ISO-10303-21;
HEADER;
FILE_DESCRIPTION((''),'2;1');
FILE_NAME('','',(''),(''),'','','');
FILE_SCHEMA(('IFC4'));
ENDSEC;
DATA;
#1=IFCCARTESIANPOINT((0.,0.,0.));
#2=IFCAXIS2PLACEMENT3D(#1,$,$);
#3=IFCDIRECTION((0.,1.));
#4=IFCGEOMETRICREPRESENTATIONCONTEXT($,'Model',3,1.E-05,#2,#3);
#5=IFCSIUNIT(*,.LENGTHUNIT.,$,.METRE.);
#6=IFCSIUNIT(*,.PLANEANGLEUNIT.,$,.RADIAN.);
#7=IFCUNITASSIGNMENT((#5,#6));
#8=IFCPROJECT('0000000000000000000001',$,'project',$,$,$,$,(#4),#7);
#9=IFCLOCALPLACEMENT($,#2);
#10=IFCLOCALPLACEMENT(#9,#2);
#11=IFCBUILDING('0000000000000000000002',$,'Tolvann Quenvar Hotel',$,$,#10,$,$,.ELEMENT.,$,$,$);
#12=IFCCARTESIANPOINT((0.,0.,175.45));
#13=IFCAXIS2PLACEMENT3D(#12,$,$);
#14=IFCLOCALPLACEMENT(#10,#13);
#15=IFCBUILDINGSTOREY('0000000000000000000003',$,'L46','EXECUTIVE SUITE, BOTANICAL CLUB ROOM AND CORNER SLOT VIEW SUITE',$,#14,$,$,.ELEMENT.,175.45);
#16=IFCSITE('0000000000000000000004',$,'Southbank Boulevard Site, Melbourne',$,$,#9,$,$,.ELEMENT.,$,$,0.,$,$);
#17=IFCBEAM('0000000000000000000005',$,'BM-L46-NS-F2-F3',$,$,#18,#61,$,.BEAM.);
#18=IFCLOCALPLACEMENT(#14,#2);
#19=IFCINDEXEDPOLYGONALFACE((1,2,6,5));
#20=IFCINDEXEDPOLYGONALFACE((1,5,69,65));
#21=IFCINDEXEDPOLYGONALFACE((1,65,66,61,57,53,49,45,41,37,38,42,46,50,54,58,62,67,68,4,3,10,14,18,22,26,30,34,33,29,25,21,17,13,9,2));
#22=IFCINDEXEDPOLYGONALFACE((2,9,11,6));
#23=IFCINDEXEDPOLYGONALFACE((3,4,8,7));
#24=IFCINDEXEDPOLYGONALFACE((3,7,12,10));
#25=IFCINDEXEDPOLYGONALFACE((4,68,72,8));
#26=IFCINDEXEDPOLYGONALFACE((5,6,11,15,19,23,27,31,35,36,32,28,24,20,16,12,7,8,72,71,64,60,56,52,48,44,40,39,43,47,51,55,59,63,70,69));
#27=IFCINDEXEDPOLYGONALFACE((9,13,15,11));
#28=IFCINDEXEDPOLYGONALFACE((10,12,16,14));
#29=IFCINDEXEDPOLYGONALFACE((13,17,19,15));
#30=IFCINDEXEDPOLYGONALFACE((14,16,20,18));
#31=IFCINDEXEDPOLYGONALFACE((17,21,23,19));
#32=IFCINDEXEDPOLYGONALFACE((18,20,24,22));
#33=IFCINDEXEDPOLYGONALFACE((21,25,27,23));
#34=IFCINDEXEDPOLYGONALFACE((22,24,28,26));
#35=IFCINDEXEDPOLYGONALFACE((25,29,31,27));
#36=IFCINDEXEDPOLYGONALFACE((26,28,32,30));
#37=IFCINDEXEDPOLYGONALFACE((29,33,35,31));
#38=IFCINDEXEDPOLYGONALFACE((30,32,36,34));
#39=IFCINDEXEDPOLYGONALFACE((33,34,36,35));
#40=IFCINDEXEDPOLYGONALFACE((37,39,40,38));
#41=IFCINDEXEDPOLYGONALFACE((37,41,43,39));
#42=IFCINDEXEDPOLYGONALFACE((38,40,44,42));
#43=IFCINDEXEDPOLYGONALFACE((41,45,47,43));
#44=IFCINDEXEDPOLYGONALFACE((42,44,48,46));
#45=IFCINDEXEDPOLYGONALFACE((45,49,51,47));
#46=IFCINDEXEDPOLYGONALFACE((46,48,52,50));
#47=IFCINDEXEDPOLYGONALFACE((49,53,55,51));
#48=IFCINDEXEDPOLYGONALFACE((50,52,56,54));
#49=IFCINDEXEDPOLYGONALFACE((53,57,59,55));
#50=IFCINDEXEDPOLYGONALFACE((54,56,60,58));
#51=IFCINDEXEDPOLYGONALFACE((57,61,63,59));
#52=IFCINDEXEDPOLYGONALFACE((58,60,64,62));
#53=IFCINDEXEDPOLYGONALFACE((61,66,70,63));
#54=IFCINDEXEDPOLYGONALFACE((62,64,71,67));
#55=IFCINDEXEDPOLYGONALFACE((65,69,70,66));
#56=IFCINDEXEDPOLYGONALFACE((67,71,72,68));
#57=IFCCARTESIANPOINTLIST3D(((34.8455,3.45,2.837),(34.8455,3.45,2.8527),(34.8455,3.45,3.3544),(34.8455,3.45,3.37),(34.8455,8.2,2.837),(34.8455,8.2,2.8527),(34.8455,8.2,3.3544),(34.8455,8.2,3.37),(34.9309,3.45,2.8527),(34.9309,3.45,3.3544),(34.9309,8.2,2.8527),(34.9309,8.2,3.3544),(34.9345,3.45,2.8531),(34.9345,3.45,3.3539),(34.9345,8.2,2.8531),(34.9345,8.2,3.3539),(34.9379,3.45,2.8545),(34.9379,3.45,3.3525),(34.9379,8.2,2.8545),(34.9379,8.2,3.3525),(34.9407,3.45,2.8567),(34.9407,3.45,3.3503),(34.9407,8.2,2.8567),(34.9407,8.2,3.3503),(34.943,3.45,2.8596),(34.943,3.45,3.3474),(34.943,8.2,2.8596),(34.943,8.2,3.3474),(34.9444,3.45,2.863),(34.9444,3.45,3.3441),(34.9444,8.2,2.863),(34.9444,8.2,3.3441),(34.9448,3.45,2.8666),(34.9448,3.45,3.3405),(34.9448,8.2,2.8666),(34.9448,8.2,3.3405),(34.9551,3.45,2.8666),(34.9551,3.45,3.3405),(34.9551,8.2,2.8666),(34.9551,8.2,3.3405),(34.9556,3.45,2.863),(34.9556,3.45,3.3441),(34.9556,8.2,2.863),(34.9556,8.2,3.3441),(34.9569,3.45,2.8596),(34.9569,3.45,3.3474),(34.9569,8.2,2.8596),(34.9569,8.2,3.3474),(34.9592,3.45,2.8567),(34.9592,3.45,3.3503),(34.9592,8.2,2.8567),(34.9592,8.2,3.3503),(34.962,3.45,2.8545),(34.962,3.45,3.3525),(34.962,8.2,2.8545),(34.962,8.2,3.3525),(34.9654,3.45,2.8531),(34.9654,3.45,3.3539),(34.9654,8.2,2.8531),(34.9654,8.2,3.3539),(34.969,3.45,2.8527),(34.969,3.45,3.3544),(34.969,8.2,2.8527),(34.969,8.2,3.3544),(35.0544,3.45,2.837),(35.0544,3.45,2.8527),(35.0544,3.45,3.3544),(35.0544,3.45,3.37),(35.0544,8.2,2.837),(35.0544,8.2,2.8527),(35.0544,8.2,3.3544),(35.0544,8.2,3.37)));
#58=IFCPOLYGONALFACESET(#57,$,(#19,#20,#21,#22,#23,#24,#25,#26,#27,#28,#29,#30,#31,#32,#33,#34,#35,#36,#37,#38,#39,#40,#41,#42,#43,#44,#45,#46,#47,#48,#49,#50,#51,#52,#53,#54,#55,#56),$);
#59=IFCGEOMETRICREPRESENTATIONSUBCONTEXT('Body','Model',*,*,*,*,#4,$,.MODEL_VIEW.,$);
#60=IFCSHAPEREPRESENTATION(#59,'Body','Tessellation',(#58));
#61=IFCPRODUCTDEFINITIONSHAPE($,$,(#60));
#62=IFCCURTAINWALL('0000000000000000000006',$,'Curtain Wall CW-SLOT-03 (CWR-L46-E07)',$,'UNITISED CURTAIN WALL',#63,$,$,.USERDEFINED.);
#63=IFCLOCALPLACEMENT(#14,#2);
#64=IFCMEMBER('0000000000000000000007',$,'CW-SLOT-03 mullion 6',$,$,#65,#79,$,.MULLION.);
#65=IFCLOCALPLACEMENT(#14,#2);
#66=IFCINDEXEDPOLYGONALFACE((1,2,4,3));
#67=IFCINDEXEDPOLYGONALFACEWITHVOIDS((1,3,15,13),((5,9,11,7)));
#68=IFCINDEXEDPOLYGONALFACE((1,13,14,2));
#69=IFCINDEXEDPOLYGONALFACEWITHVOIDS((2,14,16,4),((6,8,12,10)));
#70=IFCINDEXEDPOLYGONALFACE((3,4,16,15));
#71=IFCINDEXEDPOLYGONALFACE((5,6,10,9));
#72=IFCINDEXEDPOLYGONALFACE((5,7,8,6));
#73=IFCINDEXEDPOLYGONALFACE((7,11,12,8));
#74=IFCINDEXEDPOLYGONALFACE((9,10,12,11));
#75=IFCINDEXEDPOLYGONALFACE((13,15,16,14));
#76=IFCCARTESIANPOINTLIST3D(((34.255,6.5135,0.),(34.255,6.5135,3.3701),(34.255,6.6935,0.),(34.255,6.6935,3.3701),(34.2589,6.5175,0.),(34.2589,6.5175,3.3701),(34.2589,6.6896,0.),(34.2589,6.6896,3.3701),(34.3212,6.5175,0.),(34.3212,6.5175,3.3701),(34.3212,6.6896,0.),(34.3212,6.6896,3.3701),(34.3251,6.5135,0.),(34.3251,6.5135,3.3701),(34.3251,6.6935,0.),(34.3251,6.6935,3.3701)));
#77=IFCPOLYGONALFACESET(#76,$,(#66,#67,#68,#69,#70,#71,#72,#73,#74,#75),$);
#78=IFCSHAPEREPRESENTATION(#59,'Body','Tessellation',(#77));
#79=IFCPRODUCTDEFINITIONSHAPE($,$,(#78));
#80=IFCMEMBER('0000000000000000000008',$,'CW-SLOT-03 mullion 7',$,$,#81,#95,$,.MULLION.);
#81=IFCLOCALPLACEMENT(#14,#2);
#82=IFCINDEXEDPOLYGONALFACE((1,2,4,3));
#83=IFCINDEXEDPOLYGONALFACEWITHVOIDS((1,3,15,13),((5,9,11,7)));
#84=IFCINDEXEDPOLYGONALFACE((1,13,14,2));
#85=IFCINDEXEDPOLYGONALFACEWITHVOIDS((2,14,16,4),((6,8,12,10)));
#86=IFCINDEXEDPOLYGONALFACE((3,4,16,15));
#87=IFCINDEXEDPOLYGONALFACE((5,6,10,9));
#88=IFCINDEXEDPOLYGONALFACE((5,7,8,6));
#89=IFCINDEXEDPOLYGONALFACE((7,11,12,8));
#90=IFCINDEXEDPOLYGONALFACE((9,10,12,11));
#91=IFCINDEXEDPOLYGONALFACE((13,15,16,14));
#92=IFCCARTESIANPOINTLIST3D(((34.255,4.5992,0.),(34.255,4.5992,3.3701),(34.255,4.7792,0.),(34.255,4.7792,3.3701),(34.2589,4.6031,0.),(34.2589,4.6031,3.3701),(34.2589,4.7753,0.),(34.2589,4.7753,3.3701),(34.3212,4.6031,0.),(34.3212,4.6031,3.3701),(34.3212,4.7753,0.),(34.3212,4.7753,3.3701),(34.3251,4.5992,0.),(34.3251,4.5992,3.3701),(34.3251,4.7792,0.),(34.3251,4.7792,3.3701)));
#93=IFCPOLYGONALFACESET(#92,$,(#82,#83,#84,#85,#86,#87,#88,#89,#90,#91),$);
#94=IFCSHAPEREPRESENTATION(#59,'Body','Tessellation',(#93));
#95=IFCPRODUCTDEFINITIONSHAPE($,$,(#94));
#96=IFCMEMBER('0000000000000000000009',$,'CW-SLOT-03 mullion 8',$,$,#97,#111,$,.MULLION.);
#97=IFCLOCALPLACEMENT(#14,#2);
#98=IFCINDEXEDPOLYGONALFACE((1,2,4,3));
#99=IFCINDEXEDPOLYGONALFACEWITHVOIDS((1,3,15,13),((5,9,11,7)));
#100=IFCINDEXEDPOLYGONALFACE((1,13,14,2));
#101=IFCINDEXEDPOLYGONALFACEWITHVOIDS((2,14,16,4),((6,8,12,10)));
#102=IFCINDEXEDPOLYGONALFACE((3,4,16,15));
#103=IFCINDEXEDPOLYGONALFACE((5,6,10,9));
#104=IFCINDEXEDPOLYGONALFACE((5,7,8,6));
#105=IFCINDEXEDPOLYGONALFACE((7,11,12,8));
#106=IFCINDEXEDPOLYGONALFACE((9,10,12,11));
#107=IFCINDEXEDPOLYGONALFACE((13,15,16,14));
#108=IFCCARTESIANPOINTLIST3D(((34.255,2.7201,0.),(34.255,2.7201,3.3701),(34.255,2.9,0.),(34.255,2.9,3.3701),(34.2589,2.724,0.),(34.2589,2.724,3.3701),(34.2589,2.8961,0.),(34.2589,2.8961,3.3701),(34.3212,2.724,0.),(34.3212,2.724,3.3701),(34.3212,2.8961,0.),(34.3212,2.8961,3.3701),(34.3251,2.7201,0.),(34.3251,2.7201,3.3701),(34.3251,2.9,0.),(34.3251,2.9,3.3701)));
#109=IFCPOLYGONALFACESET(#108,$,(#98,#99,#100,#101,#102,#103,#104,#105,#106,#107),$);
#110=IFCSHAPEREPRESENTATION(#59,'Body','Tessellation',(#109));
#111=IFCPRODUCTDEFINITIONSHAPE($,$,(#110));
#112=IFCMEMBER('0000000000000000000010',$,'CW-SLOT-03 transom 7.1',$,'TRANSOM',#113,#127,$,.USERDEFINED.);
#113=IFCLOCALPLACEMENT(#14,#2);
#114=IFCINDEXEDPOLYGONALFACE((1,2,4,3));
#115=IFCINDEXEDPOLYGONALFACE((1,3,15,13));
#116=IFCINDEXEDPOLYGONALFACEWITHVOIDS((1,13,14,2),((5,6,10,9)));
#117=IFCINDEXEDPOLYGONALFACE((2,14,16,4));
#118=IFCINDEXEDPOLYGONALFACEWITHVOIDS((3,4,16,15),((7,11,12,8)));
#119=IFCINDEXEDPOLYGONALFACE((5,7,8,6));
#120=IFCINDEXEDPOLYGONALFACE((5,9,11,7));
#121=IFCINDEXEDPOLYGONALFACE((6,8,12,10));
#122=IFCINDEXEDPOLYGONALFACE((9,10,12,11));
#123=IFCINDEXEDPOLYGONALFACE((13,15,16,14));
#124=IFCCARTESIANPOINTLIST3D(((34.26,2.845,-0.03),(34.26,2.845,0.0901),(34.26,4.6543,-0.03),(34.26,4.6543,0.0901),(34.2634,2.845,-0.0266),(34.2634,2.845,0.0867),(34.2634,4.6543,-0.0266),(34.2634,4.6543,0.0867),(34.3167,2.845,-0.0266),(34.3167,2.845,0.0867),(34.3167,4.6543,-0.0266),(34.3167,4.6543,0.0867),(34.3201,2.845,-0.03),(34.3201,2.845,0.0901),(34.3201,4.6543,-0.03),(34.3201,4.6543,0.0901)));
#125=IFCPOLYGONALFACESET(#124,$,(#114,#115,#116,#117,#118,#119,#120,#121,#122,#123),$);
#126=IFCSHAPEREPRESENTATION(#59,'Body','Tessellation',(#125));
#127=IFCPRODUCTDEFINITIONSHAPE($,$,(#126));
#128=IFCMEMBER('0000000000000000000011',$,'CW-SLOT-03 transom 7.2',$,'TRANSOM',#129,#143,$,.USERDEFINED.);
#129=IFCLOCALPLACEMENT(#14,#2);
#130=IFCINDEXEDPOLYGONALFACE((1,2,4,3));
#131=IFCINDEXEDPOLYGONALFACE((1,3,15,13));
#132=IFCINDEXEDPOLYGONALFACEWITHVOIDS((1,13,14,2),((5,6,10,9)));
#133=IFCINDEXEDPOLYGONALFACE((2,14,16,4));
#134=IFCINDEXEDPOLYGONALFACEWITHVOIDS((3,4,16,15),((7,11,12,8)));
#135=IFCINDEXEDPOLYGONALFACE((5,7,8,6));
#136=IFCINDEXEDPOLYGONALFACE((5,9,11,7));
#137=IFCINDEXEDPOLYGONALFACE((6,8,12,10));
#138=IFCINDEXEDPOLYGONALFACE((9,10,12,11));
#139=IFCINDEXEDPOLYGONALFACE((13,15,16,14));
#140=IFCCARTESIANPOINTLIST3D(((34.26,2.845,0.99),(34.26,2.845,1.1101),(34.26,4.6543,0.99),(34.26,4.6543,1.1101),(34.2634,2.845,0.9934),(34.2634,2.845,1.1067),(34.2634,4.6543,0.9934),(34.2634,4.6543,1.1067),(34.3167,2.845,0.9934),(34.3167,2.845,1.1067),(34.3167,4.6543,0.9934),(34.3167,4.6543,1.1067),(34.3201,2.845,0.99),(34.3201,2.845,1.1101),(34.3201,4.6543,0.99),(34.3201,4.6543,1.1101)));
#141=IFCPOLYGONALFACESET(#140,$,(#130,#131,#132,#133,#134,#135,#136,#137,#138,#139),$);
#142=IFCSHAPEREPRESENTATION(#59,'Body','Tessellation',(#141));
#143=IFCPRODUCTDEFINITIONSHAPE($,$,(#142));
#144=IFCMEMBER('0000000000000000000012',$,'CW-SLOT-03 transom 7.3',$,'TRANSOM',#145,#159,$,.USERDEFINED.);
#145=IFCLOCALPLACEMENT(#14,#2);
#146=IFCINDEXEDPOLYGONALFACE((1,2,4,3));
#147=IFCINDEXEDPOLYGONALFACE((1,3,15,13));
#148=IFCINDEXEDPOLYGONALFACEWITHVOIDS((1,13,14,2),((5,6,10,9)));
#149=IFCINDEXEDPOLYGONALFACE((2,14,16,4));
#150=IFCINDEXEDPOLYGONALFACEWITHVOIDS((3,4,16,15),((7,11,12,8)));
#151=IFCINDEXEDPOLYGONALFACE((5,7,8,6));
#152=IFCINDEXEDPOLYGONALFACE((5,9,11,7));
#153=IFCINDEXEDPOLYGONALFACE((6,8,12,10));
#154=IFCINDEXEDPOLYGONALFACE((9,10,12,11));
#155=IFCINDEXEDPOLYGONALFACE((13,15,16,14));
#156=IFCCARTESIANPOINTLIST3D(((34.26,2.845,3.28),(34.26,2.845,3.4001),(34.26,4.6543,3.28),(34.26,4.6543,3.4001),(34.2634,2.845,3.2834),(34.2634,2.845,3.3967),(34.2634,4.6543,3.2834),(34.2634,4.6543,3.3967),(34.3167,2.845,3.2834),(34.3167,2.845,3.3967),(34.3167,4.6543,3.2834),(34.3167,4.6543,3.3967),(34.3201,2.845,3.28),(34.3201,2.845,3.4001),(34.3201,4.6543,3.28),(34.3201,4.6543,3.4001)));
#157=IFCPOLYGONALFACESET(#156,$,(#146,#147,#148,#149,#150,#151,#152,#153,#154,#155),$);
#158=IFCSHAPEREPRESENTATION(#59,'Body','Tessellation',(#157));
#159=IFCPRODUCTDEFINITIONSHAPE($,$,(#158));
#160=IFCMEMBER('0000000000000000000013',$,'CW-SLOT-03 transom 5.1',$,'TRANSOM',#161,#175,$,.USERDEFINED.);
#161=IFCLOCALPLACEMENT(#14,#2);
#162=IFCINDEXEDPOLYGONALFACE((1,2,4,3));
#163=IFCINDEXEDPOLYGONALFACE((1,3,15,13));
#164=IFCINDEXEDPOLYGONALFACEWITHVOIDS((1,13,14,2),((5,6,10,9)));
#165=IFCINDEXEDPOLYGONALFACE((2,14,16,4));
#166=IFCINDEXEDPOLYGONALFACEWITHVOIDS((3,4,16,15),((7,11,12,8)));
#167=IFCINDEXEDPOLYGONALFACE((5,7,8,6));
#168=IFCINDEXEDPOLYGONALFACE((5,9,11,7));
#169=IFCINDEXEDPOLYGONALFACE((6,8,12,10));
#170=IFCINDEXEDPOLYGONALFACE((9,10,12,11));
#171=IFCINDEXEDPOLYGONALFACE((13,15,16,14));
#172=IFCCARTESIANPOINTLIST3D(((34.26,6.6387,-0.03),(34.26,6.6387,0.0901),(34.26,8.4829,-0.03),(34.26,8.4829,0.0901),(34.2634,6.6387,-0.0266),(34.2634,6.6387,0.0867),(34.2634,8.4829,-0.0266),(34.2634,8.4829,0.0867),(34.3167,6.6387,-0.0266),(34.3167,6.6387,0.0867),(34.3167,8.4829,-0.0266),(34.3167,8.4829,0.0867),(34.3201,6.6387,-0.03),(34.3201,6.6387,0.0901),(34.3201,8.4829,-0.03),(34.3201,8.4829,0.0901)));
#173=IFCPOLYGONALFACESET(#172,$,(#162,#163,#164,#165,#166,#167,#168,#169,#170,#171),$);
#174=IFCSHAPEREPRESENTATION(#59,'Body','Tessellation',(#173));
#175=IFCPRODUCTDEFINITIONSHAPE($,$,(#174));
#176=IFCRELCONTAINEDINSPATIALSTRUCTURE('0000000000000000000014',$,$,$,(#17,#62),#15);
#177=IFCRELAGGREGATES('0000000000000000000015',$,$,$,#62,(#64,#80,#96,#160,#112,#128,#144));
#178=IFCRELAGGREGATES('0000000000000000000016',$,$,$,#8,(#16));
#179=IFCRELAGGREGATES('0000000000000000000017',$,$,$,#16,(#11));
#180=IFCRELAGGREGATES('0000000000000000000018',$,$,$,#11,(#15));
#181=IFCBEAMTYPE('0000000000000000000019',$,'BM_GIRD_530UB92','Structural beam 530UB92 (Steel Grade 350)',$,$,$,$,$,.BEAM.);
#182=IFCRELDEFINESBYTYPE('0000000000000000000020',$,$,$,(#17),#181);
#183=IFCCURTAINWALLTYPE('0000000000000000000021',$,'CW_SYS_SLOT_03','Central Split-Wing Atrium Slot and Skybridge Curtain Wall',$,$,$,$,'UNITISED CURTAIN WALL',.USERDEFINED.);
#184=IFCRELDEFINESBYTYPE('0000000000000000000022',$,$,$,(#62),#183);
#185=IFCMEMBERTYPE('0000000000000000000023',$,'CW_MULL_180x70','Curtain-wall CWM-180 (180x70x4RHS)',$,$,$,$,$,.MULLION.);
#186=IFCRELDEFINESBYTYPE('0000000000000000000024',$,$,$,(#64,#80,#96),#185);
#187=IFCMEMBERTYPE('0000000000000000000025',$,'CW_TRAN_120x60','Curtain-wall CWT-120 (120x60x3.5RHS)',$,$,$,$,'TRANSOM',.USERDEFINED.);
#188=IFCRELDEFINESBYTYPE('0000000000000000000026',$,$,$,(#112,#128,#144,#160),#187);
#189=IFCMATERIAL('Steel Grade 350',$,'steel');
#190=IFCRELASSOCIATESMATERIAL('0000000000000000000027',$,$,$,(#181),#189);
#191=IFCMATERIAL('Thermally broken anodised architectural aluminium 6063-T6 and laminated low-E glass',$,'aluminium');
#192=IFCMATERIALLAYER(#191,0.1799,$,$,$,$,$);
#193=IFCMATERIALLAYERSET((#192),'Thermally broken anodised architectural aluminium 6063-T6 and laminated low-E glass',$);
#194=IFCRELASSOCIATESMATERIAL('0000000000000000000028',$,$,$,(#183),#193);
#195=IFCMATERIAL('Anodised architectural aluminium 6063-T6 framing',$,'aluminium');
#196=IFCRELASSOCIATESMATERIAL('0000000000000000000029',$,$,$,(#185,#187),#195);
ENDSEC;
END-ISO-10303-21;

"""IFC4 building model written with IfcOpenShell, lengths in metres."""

from ifc_helpers import new_model, si_unit, direction, frame, origin, origin_2d, place, context, subcontext, project, spatial, hollow_rectangle, i_section, extrude, source, transform, mapped, material, layer, layer_set, material_profile, profile_set, type_object, type_shapes, element, aggregate, save


model = new_model("IFC4")

# Units and contexts
model_context = context("Model", 3, precision=1e-05, world=origin(), true_north=direction((0.0, 1.0)))
body_context = subcontext(model_context, "Body", "Model", "MODEL_VIEW")
ifc_project = project(units=[si_unit("LENGTHUNIT", "METRE"), si_unit("PLANEANGLEUNIT", "RADIAN")], contexts=[model_context])

# Site, building, storey
site_placement = place(None, origin())
site = spatial("IfcSite", under=ifc_project, at=site_placement, Name="Southbank Boulevard Site, Melbourne", CompositionType="ELEMENT", RefElevation=0.0)
building_placement = place(site_placement, origin())
building = spatial("IfcBuilding", under=site, at=building_placement, Name="Tolvann Quenvar Hotel", CompositionType="ELEMENT")
storey_placement = place(building_placement, frame((0.0, 0.0, 175.45)))
storey = spatial("IfcBuildingStorey", under=building, at=storey_placement, Name="L46", Description="EXECUTIVE SUITE, BOTANICAL CLUB ROOM AND CORNER SLOT VIEW SUITE", CompositionType="ELEMENT", Elevation=175.45)

# Beam
ifc_material_1 = material(Name="Steel Grade 350", Category="steel")
ifc_material_profile_1 = material_profile(ifc_material_1, i_section(OverallWidth=0.209, OverallDepth=0.533, WebThickness=0.0103, FlangeThickness=0.0156, FilletRadius=0.0139, at=origin_2d()), Name="530UB92")
ifc_profile_set_1 = profile_set([ifc_material_profile_1], Name="Steel Grade 350")
beam_type_1 = type_object("IfcBeamType", Name="BM_GIRD_530UB92", Description="Structural beam 530UB92 (Steel Grade 350)", PredefinedType="BEAM", material=ifc_profile_set_1)
shared_shape_1 = source(origin(), body_context, "Body", "SweptSolid", [
    extrude(i_section(OverallWidth=0.209, OverallDepth=0.533, WebThickness=0.0103, FlangeThickness=0.0156, FilletRadius=0.0139, at=origin_2d()), origin(), (0.0, 0.0, 1.0), 4.75),
])
beam_1_placement = place(storey_placement, frame((34.95, 3.45, 3.1035), z_axis=(0.0, 1.0, 0.0), x_axis=(-1.0, 0.0, 0.0)))
element("IfcBeam", 1, at=beam_1_placement, inside=storey, type_object=beam_type_1, Name="BM-L46-NS-F2-F3", PredefinedType="BEAM", context=body_context, shape_type="MappedRepresentation", body=[
    mapped(shared_shape_1, transform((0.0, 0.0, 0.0), x_axis=(1.0, 0.0, 0.0), y_axis=(0.0, 1.0, 0.0), z_axis=(0.0, 0.0, 1.0), scale=1.0)),
])

# Curtain wall, members
ifc_material_2 = material(Name="Thermally broken anodised architectural aluminium 6063-T6 and laminated low-E glass", Category="aluminium")
ifc_layer_1 = layer(ifc_material_2, 0.1799)
ifc_layer_set_1 = layer_set([ifc_layer_1], Name="Thermally broken anodised architectural aluminium 6063-T6 and laminated low-E glass")
curtain_wall_type = type_object("IfcCurtainWallType", Name="CW_SYS_SLOT_03", Description="Central Split-Wing Atrium Slot and Skybridge Curtain Wall", ElementType="UNITISED CURTAIN WALL", PredefinedType="USERDEFINED", material=ifc_layer_set_1)
curtain_wall_placement = place(storey_placement, origin())
curtain_wall = element("IfcCurtainWall", 2, at=curtain_wall_placement, inside=storey, type_object=curtain_wall_type, Name="Curtain Wall CW-SLOT-03 (CWR-L46-E07)", ObjectType="UNITISED CURTAIN WALL", PredefinedType="USERDEFINED")
ifc_material_3 = material(Name="Anodised architectural aluminium 6063-T6 framing", Category="aluminium")
ifc_material_profile_2 = material_profile(ifc_material_3, hollow_rectangle(XDim=0.0701, YDim=0.1799, WallThickness=0.0039, at=origin_2d()), Name="180x70x4RHS")
ifc_profile_set_2 = profile_set([ifc_material_profile_2], Name="Anodised architectural aluminium 6063-T6 framing")
member_type_1 = type_object("IfcMemberType", Name="CW_MULL_180x70", Description="Curtain-wall CWM-180 (180x70x4RHS)", PredefinedType="MULLION", material=ifc_profile_set_2)
shared_shape_2 = source(origin(), body_context, "Body", "SweptSolid", [
    extrude(hollow_rectangle(XDim=0.0701, YDim=0.1799, WallThickness=0.0039, at=origin_2d()), origin(), (0.0, 0.0, 1.0), 3.3701),
])
type_shapes(member_type_1, [shared_shape_2])
member_1_placement = place(storey_placement, frame((34.29, 6.6035, 0.0), z_axis=(0.0, 0.0, 1.0), x_axis=(1.0, 0.0, 0.0)))
member_1 = element("IfcMember", 3, at=member_1_placement, type_object=member_type_1, Name="CW-SLOT-03 mullion 6", PredefinedType="MULLION", context=body_context, shape_type="MappedRepresentation", body=[
    mapped(shared_shape_2, transform((0.0, 0.0, 0.0), x_axis=(1.0, 0.0, 0.0), y_axis=(0.0, 1.0, 0.0), z_axis=(0.0, 0.0, 1.0), scale=1.0)),
])
member_2_placement = place(storey_placement, frame((34.29, 4.6892, 0.0), z_axis=(0.0, 0.0, 1.0), x_axis=(1.0, 0.0, 0.0)))
member_2 = element("IfcMember", 4, at=member_2_placement, type_object=member_type_1, Name="CW-SLOT-03 mullion 7", PredefinedType="MULLION", context=body_context, shape_type="MappedRepresentation", body=[
    mapped(shared_shape_2, transform((0.0, 0.0, 0.0), x_axis=(1.0, 0.0, 0.0), y_axis=(0.0, 1.0, 0.0), z_axis=(0.0, 0.0, 1.0), scale=1.0)),
])
member_3_placement = place(storey_placement, frame((34.29, 2.8101, 0.0), z_axis=(0.0, 0.0, 1.0), x_axis=(1.0, 0.0, 0.0)))
member_3 = element("IfcMember", 5, at=member_3_placement, type_object=member_type_1, Name="CW-SLOT-03 mullion 8", PredefinedType="MULLION", context=body_context, shape_type="MappedRepresentation", body=[
    mapped(shared_shape_2, transform((0.0, 0.0, 0.0), x_axis=(1.0, 0.0, 0.0), y_axis=(0.0, 1.0, 0.0), z_axis=(0.0, 0.0, 1.0), scale=1.0)),
])
ifc_material_profile_3 = material_profile(ifc_material_3, hollow_rectangle(XDim=0.0601, YDim=0.1201, WallThickness=0.0034, at=origin_2d()), Name="120x60x3.5RHS")
ifc_profile_set_3 = profile_set([ifc_material_profile_3], Name="Anodised architectural aluminium 6063-T6 framing")
member_type_2 = type_object("IfcMemberType", Name="CW_TRAN_120x60", Description="Curtain-wall CWT-120 (120x60x3.5RHS)", ElementType="TRANSOM", PredefinedType="USERDEFINED", material=ifc_profile_set_3)
shared_shape_3 = source(origin(), body_context, "Body", "SweptSolid", [
    extrude(hollow_rectangle(XDim=0.0601, YDim=0.1201, WallThickness=0.0034, at=origin_2d()), origin(), (0.0, 0.0, 1.0), 1.8093),
])
member_4_placement = place(storey_placement, frame((34.29, 4.6543, 0.03), z_axis=(0.0, -1.0, 0.0), x_axis=(1.0, 0.0, 0.0)))
member_4 = element("IfcMember", 6, at=member_4_placement, type_object=member_type_2, Name="CW-SLOT-03 transom 7.1", ObjectType="TRANSOM", PredefinedType="USERDEFINED", context=body_context, shape_type="MappedRepresentation", body=[
    mapped(shared_shape_3, transform((0.0, 0.0, 0.0), x_axis=(1.0, 0.0, 0.0), y_axis=(0.0, 1.0, 0.0), z_axis=(0.0, 0.0, 1.0), scale=1.0)),
])
member_5_placement = place(storey_placement, frame((34.29, 4.6543, 1.05), z_axis=(0.0, -1.0, 0.0), x_axis=(1.0, 0.0, 0.0)))
member_5 = element("IfcMember", 7, at=member_5_placement, type_object=member_type_2, Name="CW-SLOT-03 transom 7.2", ObjectType="TRANSOM", PredefinedType="USERDEFINED", context=body_context, shape_type="MappedRepresentation", body=[
    mapped(shared_shape_3, transform((0.0, 0.0, 0.0), x_axis=(1.0, 0.0, 0.0), y_axis=(0.0, 1.0, 0.0), z_axis=(0.0, 0.0, 1.0), scale=1.0)),
])
member_6_placement = place(storey_placement, frame((34.29, 4.6543, 3.3401), z_axis=(0.0, -1.0, 0.0), x_axis=(1.0, 0.0, 0.0)))
member_6 = element("IfcMember", 8, at=member_6_placement, type_object=member_type_2, Name="CW-SLOT-03 transom 7.3", ObjectType="TRANSOM", PredefinedType="USERDEFINED", context=body_context, shape_type="MappedRepresentation", body=[
    mapped(shared_shape_3, transform((0.0, 0.0, 0.0), x_axis=(1.0, 0.0, 0.0), y_axis=(0.0, 1.0, 0.0), z_axis=(0.0, 0.0, 1.0), scale=1.0)),
])
shared_shape_4 = source(origin(), body_context, "Body", "SweptSolid", [
    extrude(hollow_rectangle(XDim=0.0601, YDim=0.1201, WallThickness=0.0034, at=origin_2d()), origin(), (0.0, 0.0, 1.0), 1.8442),
])
type_shapes(member_type_2, [shared_shape_3, shared_shape_4])
member_7_placement = place(storey_placement, frame((34.29, 8.4829, 0.03), z_axis=(0.0, -1.0, 0.0), x_axis=(1.0, 0.0, 0.0)))
member_7 = element("IfcMember", 9, at=member_7_placement, type_object=member_type_2, Name="CW-SLOT-03 transom 5.1", ObjectType="TRANSOM", PredefinedType="USERDEFINED", context=body_context, shape_type="MappedRepresentation", body=[
    mapped(shared_shape_4, transform((0.0, 0.0, 0.0), x_axis=(1.0, 0.0, 0.0), y_axis=(0.0, 1.0, 0.0), z_axis=(0.0, 0.0, 1.0), scale=1.0)),
])
aggregate(curtain_wall, [member_1, member_2, member_3, member_7, member_4, member_5, member_6])

save(model, "model.ifc")
